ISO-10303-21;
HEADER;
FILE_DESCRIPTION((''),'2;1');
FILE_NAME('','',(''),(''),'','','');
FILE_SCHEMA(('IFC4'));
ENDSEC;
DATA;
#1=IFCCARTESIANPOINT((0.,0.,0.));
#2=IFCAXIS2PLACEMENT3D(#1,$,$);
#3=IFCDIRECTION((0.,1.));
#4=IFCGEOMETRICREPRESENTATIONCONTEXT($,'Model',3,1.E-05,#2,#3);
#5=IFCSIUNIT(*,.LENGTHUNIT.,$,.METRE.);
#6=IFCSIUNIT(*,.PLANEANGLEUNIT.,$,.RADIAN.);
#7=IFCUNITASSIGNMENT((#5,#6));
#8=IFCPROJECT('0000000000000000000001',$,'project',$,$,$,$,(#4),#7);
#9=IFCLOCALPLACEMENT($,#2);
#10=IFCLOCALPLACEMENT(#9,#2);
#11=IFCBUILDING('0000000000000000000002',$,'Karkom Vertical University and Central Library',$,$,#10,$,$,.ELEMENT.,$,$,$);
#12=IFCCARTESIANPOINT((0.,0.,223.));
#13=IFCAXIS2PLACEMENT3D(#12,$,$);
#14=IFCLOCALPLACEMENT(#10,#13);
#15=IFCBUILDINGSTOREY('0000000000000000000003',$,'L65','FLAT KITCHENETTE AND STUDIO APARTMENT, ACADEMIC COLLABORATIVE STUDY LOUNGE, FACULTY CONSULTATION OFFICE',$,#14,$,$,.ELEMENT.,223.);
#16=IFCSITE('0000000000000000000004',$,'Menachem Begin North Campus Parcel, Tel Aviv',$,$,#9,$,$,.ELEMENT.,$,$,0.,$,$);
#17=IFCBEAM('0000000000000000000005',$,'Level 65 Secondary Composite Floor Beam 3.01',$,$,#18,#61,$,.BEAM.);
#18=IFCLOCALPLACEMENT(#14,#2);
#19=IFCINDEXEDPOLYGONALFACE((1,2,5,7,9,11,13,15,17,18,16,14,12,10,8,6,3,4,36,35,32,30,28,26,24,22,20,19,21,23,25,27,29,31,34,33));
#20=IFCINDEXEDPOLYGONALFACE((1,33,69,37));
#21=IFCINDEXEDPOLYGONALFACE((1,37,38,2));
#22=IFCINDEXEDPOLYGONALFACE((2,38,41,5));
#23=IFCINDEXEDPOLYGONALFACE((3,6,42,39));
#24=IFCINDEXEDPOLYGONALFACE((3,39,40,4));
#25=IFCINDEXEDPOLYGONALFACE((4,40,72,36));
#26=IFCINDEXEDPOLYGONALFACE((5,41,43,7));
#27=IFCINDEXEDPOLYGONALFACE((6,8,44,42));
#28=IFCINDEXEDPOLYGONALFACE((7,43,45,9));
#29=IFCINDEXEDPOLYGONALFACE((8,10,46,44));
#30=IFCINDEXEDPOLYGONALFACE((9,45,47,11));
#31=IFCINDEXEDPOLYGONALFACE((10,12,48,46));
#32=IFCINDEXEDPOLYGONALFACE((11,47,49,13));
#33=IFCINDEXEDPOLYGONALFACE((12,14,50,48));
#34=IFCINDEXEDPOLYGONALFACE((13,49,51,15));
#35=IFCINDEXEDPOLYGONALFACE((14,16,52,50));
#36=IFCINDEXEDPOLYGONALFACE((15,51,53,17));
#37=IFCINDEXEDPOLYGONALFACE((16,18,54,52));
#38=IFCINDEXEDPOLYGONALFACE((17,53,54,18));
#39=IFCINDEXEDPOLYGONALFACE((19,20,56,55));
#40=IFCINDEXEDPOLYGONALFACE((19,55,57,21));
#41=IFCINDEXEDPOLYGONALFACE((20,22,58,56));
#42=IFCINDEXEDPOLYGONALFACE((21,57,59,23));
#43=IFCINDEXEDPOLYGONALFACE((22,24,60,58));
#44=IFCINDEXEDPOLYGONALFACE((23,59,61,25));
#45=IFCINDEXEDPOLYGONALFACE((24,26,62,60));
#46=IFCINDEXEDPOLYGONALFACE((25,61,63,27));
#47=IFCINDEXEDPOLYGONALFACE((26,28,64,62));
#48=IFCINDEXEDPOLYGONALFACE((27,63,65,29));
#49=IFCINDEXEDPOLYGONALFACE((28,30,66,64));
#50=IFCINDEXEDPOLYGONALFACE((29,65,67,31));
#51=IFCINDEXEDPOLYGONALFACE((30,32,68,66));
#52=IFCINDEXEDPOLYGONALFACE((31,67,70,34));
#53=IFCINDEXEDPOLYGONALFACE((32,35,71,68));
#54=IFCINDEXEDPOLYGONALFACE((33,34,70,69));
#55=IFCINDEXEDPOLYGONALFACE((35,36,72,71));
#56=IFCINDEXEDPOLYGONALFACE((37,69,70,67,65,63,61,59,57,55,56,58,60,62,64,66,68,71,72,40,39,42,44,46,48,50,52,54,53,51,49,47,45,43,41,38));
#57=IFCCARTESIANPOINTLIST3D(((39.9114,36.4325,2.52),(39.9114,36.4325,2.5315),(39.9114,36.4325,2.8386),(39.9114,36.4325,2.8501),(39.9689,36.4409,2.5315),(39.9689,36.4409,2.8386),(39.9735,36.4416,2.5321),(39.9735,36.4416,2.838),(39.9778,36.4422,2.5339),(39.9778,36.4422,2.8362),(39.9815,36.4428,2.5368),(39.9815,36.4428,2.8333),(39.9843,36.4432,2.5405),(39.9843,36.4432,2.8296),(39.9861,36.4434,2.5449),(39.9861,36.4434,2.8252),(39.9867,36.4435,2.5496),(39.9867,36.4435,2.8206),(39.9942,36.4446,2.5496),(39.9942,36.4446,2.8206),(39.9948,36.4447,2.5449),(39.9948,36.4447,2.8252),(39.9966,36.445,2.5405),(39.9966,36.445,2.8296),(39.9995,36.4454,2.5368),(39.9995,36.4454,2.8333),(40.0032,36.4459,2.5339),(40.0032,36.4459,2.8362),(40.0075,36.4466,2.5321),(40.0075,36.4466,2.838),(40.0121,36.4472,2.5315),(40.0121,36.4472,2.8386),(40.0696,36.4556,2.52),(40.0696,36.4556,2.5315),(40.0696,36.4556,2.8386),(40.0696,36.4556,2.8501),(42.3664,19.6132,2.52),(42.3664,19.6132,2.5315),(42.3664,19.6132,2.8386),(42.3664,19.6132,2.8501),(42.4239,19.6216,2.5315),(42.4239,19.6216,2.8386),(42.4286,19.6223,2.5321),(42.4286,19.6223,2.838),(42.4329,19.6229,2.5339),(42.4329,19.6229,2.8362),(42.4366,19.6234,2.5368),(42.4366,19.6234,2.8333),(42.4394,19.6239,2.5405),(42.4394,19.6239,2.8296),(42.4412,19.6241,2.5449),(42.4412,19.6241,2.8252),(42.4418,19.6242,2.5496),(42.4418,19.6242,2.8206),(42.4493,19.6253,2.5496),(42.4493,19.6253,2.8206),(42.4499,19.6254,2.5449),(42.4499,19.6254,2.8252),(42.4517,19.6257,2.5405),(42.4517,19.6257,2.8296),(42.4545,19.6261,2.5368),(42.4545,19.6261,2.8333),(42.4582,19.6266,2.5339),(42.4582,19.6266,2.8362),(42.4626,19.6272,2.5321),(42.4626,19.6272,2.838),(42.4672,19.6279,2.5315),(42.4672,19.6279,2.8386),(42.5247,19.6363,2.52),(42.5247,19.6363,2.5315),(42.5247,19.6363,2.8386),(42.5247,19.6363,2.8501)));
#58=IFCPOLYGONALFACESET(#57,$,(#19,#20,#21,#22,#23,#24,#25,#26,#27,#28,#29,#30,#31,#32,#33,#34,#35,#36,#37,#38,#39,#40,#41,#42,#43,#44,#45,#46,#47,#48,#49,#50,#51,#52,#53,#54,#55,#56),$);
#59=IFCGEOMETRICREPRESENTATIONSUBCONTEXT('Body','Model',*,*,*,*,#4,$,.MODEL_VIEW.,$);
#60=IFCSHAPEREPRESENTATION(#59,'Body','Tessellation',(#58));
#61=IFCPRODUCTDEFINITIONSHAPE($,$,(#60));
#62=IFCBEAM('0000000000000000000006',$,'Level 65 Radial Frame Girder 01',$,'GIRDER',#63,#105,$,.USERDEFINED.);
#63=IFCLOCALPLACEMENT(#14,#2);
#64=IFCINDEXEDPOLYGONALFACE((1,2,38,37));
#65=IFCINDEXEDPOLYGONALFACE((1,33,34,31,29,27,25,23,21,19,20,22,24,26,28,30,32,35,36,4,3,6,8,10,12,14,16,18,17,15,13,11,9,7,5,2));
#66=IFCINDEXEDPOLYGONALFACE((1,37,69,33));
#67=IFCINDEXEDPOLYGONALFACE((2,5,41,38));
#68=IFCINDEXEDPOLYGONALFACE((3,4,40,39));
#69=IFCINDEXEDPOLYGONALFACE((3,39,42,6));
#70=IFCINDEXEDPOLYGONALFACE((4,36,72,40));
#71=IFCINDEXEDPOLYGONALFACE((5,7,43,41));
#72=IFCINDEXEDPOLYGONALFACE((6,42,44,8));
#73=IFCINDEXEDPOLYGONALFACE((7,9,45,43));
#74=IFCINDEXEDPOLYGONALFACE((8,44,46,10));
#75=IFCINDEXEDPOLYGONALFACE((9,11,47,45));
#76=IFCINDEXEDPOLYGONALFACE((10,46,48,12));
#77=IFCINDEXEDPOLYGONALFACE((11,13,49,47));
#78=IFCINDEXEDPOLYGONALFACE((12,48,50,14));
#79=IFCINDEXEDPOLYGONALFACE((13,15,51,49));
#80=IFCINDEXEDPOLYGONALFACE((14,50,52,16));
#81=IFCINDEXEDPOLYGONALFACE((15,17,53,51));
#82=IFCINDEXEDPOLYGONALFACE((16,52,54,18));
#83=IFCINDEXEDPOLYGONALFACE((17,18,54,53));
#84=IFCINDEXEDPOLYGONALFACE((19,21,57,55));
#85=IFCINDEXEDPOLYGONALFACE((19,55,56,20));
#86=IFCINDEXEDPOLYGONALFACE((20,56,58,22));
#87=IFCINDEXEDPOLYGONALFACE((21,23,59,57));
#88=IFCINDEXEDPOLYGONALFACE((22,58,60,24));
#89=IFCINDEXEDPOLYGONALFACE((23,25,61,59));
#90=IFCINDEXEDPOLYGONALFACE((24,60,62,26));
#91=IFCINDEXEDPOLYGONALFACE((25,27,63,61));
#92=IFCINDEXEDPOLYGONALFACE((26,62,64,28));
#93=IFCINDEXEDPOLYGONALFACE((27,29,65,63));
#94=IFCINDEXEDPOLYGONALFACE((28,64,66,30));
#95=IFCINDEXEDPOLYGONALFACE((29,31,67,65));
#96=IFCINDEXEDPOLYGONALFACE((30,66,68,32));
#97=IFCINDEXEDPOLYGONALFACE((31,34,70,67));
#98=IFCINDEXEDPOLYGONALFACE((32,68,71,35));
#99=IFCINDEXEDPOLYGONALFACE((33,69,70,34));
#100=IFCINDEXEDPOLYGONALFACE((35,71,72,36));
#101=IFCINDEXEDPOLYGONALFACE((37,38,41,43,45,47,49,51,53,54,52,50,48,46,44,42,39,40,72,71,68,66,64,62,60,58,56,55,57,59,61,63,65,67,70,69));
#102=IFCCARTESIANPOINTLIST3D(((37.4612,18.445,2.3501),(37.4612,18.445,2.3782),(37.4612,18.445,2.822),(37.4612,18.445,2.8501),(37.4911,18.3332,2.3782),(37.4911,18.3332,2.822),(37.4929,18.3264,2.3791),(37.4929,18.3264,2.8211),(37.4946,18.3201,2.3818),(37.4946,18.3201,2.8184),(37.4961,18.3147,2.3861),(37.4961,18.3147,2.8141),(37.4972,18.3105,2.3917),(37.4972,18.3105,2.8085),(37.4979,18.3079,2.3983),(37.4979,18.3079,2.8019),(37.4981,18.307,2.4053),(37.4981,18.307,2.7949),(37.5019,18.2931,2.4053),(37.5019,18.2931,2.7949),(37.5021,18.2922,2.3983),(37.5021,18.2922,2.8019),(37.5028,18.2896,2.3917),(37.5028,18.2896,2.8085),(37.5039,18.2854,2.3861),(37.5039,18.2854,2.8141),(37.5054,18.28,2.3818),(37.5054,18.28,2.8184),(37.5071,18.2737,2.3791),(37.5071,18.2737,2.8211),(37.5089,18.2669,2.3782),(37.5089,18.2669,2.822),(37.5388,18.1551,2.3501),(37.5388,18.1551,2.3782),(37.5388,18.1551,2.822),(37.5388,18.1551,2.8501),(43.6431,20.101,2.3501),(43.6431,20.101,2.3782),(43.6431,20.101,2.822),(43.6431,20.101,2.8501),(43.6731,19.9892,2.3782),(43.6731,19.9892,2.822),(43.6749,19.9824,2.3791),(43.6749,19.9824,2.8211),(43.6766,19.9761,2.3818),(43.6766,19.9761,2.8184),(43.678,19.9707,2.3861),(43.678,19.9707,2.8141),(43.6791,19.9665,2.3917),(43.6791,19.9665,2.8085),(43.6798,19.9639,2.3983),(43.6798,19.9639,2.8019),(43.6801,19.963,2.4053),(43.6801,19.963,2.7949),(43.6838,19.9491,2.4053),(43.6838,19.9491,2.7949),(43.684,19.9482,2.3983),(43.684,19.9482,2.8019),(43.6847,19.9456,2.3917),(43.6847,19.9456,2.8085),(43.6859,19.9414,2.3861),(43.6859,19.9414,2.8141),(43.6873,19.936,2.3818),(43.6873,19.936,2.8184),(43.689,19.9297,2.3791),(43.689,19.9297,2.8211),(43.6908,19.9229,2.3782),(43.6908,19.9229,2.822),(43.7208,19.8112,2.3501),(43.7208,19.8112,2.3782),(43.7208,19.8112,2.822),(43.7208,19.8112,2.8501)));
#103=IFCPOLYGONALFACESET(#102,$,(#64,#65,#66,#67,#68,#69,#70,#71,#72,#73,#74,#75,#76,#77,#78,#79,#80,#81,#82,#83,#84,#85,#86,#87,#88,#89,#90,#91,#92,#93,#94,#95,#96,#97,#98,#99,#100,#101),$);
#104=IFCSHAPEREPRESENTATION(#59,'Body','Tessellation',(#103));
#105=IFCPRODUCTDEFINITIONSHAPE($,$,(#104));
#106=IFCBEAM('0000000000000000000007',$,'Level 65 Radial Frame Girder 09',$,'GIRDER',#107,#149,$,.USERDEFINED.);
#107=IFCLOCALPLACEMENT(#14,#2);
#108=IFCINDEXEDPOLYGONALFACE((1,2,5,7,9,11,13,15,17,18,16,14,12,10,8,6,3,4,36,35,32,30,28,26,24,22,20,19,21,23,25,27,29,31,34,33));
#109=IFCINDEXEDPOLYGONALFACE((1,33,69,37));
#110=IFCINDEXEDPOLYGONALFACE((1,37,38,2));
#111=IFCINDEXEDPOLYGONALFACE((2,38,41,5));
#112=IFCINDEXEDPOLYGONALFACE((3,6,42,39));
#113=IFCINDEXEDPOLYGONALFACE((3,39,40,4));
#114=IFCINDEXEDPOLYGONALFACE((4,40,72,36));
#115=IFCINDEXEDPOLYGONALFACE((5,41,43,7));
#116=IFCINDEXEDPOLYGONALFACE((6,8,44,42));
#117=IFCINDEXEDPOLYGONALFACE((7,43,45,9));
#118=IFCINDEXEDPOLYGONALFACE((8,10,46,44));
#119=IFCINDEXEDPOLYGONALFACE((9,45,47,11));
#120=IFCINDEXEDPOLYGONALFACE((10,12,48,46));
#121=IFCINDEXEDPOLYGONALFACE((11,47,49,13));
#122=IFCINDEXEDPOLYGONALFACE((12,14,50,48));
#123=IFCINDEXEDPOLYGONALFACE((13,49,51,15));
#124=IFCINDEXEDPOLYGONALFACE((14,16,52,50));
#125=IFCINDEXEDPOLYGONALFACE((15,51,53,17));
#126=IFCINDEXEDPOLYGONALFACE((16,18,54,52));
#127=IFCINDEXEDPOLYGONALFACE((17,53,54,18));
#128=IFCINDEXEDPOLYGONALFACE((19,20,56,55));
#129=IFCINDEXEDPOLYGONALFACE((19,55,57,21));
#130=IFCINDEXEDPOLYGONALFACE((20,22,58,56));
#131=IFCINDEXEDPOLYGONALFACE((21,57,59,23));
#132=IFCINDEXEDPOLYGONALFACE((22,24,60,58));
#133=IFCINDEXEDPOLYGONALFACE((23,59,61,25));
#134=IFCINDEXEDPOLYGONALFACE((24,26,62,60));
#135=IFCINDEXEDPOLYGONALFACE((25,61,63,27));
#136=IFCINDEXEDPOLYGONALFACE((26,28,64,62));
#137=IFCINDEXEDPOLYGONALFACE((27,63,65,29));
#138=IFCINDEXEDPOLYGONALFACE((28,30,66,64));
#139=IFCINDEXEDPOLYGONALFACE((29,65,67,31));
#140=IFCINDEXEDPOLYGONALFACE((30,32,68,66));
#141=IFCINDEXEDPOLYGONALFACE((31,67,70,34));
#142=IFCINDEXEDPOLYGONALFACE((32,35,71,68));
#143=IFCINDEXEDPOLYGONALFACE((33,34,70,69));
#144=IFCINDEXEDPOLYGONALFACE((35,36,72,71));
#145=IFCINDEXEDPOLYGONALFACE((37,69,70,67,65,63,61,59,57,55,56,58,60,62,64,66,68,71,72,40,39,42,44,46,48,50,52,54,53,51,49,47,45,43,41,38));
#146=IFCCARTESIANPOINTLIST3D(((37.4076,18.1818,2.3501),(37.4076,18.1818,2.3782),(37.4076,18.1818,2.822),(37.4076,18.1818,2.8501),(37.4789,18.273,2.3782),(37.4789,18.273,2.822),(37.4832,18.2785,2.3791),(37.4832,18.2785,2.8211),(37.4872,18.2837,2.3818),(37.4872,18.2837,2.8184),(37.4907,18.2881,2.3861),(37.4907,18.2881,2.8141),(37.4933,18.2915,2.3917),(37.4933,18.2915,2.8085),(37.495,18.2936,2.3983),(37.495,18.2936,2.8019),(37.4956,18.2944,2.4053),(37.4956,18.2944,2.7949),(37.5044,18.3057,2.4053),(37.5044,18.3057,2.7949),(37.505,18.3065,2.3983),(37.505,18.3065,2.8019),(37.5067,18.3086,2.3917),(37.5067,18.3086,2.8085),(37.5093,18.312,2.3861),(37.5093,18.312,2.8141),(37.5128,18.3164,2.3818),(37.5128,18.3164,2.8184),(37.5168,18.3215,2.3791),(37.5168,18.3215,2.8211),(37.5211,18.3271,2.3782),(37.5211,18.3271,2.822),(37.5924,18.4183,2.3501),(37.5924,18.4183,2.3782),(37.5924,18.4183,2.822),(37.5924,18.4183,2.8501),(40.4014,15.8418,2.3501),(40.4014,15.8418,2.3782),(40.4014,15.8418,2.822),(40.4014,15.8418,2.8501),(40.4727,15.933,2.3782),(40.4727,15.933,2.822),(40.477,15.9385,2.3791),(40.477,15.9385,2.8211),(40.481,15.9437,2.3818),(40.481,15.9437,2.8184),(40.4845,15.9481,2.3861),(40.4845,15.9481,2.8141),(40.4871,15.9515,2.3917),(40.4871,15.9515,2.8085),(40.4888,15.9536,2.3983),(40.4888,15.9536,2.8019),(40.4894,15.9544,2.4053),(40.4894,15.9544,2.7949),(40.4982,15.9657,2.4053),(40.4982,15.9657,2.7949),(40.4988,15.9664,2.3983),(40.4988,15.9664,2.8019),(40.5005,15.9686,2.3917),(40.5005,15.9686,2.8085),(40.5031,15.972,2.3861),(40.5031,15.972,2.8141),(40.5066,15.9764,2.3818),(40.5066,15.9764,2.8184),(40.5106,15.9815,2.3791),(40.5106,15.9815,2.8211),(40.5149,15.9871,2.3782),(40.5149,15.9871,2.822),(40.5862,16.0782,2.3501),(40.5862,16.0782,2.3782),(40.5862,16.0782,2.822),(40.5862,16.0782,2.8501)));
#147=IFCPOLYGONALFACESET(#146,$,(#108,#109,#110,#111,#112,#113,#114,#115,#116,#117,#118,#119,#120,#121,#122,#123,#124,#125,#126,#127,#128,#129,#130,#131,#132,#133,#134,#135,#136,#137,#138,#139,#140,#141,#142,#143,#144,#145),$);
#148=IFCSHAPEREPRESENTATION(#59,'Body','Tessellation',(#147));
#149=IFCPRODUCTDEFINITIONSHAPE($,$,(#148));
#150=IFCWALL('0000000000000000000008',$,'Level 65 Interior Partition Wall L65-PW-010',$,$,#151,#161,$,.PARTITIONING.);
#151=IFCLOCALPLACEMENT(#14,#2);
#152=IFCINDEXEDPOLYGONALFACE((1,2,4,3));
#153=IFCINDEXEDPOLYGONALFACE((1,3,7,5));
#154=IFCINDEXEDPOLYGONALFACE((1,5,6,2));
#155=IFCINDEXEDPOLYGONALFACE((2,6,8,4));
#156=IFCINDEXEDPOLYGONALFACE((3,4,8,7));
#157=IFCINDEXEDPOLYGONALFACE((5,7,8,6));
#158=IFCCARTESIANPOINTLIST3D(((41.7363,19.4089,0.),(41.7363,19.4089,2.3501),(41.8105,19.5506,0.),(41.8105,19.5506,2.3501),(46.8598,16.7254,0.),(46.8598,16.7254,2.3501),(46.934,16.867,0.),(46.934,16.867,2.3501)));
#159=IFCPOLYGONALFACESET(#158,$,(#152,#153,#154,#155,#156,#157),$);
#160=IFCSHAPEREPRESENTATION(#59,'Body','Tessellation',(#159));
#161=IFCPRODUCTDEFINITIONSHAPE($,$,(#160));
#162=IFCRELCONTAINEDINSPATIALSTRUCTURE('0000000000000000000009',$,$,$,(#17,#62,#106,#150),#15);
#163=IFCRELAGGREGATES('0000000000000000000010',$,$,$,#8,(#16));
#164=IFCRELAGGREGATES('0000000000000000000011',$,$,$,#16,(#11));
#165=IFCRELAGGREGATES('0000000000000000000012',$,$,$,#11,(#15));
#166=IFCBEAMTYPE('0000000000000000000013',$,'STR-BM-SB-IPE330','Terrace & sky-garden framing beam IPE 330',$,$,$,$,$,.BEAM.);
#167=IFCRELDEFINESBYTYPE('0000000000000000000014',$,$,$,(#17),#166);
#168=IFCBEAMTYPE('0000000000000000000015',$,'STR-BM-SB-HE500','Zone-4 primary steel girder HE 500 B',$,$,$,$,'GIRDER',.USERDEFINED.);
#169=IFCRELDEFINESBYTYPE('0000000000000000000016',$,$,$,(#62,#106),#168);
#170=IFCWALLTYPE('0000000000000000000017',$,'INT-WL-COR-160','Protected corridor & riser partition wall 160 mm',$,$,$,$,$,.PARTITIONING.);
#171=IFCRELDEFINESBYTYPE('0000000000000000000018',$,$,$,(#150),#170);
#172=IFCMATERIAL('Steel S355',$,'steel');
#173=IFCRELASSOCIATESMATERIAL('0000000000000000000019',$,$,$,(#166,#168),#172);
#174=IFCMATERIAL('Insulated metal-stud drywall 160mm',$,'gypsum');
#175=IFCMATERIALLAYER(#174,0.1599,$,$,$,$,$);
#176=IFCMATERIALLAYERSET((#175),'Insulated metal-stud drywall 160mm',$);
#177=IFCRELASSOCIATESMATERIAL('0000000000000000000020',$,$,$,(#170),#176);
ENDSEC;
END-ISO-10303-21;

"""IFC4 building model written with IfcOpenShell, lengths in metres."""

from ifc_helpers import new_model, si_unit, direction, frame, frame_2d, origin, origin_with_axes, origin_2d, place, context, subcontext, project, spatial, rectangle, i_section, extrude, source, transform, mapped, material, layer, layer_set, material_profile, profile_set, type_object, element, save


model = new_model("IFC4")

# Units and contexts
model_context = context("Model", 3, precision=1e-05, world=origin(), true_north=direction((0.0, 1.0)))
body_context = subcontext(model_context, "Body", "Model", "MODEL_VIEW")
ifc_project = project(units=[si_unit("LENGTHUNIT", "METRE"), si_unit("PLANEANGLEUNIT", "RADIAN")], contexts=[model_context])

# Site, building, storey
site_placement = place(None, origin())
site = spatial("IfcSite", under=ifc_project, at=site_placement, Name="Menachem Begin North Campus Parcel, Tel Aviv", CompositionType="ELEMENT", RefElevation=0.0)
building_placement = place(site_placement, origin())
building = spatial("IfcBuilding", under=site, at=building_placement, Name="Karkom Vertical University and Central Library", CompositionType="ELEMENT")
storey_placement = place(building_placement, frame((0.0, 0.0, 223.0)))
storey = spatial("IfcBuildingStorey", under=building, at=storey_placement, Name="L65", Description="FLAT KITCHENETTE AND STUDIO APARTMENT, ACADEMIC COLLABORATIVE STUDY LOUNGE, FACULTY CONSULTATION OFFICE", CompositionType="ELEMENT", Elevation=223.0)

# Beams
ifc_material_1 = material(Name="Steel S355", Category="steel")
ifc_material_profile_1 = material_profile(ifc_material_1, i_section(OverallWidth=0.1599, OverallDepth=0.3301, WebThickness=0.0076, FlangeThickness=0.0115, FilletRadius=0.0181, at=origin_2d()), Name="IPE 330")
ifc_profile_set_1 = profile_set([ifc_material_profile_1], Name="Steel S355")
beam_type_1 = type_object("IfcBeamType", Name="STR-BM-SB-IPE330", Description="Terrace & sky-garden framing beam IPE 330", PredefinedType="BEAM", material=ifc_profile_set_1)
shared_shape_1 = source(origin_with_axes(), body_context, "Body", "SweptSolid", [
    extrude(i_section(OverallWidth=0.1599, OverallDepth=0.3301, WebThickness=0.0076, FlangeThickness=0.0115, FilletRadius=0.0181, at=origin_2d()), origin(), (0.0, 0.0, 1.0), 16.9976),
])
beam_1_placement = place(storey_placement, frame((42.4456, 19.6248, 2.6851), z_axis=(-0.144437, 0.989514, 0.0), x_axis=(-0.989514, -0.144437, 0.0)))
element("IfcBeam", 1, at=beam_1_placement, inside=storey, type_object=beam_type_1, Name="Level 65 Secondary Composite Floor Beam 3.01", PredefinedType="BEAM", context=body_context, shape_type="MappedRepresentation", body=[
    mapped(shared_shape_1, transform((0.0, 0.0, 0.0), scale=1.0)),
])
ifc_material_profile_2 = material_profile(ifc_material_1, i_section(OverallWidth=0.3, OverallDepth=0.5, WebThickness=0.0144, FlangeThickness=0.0281, FilletRadius=0.0271, at=origin_2d()), Name="HE 500 B")
ifc_profile_set_2 = profile_set([ifc_material_profile_2], Name="Steel S355")
beam_type_2 = type_object("IfcBeamType", Name="STR-BM-SB-HE500", Description="Zone-4 primary steel girder HE 500 B", ElementType="GIRDER", PredefinedType="USERDEFINED", material=ifc_profile_set_2)
shared_shape_2 = source(origin_with_axes(), body_context, "Body", "SweptSolid", [
    extrude(i_section(OverallWidth=0.3, OverallDepth=0.5, WebThickness=0.0144, FlangeThickness=0.0281, FilletRadius=0.0271, at=origin_2d()), origin(), (0.0, 0.0, 1.0), 6.3999),
])
beam_2_placement = place(storey_placement, frame((37.5, 18.3, 2.6001), z_axis=(0.965942, 0.258757, 0.0), x_axis=(-0.258757, 0.965942, 0.0)))
element("IfcBeam", 2, at=beam_2_placement, inside=storey, type_object=beam_type_2, Name="Level 65 Radial Frame Girder 01", ObjectType="GIRDER", PredefinedType="USERDEFINED", context=body_context, shape_type="MappedRepresentation", body=[
    mapped(shared_shape_2, transform((0.0, 0.0, 0.0), scale=1.0)),
])
shared_shape_3 = source(origin_with_axes(), body_context, "Body", "SweptSolid", [
    extrude(i_section(OverallWidth=0.3, OverallDepth=0.5, WebThickness=0.0144, FlangeThickness=0.0281, FilletRadius=0.0271, at=origin_2d()), origin(), (0.0, 0.0, 1.0), 3.7998),
])
beam_3_placement = place(storey_placement, frame((37.5, 18.3, 2.6001), z_axis=(0.787883, -0.615825, 0.0), x_axis=(0.615825, 0.787883, 0.0)))
element("IfcBeam", 3, at=beam_3_placement, inside=storey, type_object=beam_type_2, Name="Level 65 Radial Frame Girder 09", ObjectType="GIRDER", PredefinedType="USERDEFINED", context=body_context, shape_type="MappedRepresentation", body=[
    mapped(shared_shape_3, transform((0.0, 0.0, 0.0), scale=1.0)),
])

# Wall
ifc_material_2 = material(Name="Insulated metal-stud drywall 160mm", Category="gypsum")
ifc_layer = layer(ifc_material_2, 0.1599)
ifc_layer_set = layer_set([ifc_layer], Name="Insulated metal-stud drywall 160mm")
wall_type = type_object("IfcWallType", Name="INT-WL-COR-160", Description="Protected corridor & riser partition wall 160 mm", PredefinedType="PARTITIONING", material=ifc_layer_set)
wall_placement = place(storey_placement, frame((41.7734, 19.4797, 0.0), z_axis=(0.0, 0.0, 1.0), x_axis=(0.885843, -0.463985, 0.0)))
element("IfcWall", 4, at=wall_placement, inside=storey, type_object=wall_type, Name="Level 65 Interior Partition Wall L65-PW-010", PredefinedType="PARTITIONING", context=body_context, shape_type="SweptSolid", body=[
    extrude(rectangle(XDim=5.7837, YDim=0.1599, at=frame_2d((2.8918, 0.0))), origin(), (0.0, 0.0, 1.0), 2.3501),
])

save(model, "model.ifc")
